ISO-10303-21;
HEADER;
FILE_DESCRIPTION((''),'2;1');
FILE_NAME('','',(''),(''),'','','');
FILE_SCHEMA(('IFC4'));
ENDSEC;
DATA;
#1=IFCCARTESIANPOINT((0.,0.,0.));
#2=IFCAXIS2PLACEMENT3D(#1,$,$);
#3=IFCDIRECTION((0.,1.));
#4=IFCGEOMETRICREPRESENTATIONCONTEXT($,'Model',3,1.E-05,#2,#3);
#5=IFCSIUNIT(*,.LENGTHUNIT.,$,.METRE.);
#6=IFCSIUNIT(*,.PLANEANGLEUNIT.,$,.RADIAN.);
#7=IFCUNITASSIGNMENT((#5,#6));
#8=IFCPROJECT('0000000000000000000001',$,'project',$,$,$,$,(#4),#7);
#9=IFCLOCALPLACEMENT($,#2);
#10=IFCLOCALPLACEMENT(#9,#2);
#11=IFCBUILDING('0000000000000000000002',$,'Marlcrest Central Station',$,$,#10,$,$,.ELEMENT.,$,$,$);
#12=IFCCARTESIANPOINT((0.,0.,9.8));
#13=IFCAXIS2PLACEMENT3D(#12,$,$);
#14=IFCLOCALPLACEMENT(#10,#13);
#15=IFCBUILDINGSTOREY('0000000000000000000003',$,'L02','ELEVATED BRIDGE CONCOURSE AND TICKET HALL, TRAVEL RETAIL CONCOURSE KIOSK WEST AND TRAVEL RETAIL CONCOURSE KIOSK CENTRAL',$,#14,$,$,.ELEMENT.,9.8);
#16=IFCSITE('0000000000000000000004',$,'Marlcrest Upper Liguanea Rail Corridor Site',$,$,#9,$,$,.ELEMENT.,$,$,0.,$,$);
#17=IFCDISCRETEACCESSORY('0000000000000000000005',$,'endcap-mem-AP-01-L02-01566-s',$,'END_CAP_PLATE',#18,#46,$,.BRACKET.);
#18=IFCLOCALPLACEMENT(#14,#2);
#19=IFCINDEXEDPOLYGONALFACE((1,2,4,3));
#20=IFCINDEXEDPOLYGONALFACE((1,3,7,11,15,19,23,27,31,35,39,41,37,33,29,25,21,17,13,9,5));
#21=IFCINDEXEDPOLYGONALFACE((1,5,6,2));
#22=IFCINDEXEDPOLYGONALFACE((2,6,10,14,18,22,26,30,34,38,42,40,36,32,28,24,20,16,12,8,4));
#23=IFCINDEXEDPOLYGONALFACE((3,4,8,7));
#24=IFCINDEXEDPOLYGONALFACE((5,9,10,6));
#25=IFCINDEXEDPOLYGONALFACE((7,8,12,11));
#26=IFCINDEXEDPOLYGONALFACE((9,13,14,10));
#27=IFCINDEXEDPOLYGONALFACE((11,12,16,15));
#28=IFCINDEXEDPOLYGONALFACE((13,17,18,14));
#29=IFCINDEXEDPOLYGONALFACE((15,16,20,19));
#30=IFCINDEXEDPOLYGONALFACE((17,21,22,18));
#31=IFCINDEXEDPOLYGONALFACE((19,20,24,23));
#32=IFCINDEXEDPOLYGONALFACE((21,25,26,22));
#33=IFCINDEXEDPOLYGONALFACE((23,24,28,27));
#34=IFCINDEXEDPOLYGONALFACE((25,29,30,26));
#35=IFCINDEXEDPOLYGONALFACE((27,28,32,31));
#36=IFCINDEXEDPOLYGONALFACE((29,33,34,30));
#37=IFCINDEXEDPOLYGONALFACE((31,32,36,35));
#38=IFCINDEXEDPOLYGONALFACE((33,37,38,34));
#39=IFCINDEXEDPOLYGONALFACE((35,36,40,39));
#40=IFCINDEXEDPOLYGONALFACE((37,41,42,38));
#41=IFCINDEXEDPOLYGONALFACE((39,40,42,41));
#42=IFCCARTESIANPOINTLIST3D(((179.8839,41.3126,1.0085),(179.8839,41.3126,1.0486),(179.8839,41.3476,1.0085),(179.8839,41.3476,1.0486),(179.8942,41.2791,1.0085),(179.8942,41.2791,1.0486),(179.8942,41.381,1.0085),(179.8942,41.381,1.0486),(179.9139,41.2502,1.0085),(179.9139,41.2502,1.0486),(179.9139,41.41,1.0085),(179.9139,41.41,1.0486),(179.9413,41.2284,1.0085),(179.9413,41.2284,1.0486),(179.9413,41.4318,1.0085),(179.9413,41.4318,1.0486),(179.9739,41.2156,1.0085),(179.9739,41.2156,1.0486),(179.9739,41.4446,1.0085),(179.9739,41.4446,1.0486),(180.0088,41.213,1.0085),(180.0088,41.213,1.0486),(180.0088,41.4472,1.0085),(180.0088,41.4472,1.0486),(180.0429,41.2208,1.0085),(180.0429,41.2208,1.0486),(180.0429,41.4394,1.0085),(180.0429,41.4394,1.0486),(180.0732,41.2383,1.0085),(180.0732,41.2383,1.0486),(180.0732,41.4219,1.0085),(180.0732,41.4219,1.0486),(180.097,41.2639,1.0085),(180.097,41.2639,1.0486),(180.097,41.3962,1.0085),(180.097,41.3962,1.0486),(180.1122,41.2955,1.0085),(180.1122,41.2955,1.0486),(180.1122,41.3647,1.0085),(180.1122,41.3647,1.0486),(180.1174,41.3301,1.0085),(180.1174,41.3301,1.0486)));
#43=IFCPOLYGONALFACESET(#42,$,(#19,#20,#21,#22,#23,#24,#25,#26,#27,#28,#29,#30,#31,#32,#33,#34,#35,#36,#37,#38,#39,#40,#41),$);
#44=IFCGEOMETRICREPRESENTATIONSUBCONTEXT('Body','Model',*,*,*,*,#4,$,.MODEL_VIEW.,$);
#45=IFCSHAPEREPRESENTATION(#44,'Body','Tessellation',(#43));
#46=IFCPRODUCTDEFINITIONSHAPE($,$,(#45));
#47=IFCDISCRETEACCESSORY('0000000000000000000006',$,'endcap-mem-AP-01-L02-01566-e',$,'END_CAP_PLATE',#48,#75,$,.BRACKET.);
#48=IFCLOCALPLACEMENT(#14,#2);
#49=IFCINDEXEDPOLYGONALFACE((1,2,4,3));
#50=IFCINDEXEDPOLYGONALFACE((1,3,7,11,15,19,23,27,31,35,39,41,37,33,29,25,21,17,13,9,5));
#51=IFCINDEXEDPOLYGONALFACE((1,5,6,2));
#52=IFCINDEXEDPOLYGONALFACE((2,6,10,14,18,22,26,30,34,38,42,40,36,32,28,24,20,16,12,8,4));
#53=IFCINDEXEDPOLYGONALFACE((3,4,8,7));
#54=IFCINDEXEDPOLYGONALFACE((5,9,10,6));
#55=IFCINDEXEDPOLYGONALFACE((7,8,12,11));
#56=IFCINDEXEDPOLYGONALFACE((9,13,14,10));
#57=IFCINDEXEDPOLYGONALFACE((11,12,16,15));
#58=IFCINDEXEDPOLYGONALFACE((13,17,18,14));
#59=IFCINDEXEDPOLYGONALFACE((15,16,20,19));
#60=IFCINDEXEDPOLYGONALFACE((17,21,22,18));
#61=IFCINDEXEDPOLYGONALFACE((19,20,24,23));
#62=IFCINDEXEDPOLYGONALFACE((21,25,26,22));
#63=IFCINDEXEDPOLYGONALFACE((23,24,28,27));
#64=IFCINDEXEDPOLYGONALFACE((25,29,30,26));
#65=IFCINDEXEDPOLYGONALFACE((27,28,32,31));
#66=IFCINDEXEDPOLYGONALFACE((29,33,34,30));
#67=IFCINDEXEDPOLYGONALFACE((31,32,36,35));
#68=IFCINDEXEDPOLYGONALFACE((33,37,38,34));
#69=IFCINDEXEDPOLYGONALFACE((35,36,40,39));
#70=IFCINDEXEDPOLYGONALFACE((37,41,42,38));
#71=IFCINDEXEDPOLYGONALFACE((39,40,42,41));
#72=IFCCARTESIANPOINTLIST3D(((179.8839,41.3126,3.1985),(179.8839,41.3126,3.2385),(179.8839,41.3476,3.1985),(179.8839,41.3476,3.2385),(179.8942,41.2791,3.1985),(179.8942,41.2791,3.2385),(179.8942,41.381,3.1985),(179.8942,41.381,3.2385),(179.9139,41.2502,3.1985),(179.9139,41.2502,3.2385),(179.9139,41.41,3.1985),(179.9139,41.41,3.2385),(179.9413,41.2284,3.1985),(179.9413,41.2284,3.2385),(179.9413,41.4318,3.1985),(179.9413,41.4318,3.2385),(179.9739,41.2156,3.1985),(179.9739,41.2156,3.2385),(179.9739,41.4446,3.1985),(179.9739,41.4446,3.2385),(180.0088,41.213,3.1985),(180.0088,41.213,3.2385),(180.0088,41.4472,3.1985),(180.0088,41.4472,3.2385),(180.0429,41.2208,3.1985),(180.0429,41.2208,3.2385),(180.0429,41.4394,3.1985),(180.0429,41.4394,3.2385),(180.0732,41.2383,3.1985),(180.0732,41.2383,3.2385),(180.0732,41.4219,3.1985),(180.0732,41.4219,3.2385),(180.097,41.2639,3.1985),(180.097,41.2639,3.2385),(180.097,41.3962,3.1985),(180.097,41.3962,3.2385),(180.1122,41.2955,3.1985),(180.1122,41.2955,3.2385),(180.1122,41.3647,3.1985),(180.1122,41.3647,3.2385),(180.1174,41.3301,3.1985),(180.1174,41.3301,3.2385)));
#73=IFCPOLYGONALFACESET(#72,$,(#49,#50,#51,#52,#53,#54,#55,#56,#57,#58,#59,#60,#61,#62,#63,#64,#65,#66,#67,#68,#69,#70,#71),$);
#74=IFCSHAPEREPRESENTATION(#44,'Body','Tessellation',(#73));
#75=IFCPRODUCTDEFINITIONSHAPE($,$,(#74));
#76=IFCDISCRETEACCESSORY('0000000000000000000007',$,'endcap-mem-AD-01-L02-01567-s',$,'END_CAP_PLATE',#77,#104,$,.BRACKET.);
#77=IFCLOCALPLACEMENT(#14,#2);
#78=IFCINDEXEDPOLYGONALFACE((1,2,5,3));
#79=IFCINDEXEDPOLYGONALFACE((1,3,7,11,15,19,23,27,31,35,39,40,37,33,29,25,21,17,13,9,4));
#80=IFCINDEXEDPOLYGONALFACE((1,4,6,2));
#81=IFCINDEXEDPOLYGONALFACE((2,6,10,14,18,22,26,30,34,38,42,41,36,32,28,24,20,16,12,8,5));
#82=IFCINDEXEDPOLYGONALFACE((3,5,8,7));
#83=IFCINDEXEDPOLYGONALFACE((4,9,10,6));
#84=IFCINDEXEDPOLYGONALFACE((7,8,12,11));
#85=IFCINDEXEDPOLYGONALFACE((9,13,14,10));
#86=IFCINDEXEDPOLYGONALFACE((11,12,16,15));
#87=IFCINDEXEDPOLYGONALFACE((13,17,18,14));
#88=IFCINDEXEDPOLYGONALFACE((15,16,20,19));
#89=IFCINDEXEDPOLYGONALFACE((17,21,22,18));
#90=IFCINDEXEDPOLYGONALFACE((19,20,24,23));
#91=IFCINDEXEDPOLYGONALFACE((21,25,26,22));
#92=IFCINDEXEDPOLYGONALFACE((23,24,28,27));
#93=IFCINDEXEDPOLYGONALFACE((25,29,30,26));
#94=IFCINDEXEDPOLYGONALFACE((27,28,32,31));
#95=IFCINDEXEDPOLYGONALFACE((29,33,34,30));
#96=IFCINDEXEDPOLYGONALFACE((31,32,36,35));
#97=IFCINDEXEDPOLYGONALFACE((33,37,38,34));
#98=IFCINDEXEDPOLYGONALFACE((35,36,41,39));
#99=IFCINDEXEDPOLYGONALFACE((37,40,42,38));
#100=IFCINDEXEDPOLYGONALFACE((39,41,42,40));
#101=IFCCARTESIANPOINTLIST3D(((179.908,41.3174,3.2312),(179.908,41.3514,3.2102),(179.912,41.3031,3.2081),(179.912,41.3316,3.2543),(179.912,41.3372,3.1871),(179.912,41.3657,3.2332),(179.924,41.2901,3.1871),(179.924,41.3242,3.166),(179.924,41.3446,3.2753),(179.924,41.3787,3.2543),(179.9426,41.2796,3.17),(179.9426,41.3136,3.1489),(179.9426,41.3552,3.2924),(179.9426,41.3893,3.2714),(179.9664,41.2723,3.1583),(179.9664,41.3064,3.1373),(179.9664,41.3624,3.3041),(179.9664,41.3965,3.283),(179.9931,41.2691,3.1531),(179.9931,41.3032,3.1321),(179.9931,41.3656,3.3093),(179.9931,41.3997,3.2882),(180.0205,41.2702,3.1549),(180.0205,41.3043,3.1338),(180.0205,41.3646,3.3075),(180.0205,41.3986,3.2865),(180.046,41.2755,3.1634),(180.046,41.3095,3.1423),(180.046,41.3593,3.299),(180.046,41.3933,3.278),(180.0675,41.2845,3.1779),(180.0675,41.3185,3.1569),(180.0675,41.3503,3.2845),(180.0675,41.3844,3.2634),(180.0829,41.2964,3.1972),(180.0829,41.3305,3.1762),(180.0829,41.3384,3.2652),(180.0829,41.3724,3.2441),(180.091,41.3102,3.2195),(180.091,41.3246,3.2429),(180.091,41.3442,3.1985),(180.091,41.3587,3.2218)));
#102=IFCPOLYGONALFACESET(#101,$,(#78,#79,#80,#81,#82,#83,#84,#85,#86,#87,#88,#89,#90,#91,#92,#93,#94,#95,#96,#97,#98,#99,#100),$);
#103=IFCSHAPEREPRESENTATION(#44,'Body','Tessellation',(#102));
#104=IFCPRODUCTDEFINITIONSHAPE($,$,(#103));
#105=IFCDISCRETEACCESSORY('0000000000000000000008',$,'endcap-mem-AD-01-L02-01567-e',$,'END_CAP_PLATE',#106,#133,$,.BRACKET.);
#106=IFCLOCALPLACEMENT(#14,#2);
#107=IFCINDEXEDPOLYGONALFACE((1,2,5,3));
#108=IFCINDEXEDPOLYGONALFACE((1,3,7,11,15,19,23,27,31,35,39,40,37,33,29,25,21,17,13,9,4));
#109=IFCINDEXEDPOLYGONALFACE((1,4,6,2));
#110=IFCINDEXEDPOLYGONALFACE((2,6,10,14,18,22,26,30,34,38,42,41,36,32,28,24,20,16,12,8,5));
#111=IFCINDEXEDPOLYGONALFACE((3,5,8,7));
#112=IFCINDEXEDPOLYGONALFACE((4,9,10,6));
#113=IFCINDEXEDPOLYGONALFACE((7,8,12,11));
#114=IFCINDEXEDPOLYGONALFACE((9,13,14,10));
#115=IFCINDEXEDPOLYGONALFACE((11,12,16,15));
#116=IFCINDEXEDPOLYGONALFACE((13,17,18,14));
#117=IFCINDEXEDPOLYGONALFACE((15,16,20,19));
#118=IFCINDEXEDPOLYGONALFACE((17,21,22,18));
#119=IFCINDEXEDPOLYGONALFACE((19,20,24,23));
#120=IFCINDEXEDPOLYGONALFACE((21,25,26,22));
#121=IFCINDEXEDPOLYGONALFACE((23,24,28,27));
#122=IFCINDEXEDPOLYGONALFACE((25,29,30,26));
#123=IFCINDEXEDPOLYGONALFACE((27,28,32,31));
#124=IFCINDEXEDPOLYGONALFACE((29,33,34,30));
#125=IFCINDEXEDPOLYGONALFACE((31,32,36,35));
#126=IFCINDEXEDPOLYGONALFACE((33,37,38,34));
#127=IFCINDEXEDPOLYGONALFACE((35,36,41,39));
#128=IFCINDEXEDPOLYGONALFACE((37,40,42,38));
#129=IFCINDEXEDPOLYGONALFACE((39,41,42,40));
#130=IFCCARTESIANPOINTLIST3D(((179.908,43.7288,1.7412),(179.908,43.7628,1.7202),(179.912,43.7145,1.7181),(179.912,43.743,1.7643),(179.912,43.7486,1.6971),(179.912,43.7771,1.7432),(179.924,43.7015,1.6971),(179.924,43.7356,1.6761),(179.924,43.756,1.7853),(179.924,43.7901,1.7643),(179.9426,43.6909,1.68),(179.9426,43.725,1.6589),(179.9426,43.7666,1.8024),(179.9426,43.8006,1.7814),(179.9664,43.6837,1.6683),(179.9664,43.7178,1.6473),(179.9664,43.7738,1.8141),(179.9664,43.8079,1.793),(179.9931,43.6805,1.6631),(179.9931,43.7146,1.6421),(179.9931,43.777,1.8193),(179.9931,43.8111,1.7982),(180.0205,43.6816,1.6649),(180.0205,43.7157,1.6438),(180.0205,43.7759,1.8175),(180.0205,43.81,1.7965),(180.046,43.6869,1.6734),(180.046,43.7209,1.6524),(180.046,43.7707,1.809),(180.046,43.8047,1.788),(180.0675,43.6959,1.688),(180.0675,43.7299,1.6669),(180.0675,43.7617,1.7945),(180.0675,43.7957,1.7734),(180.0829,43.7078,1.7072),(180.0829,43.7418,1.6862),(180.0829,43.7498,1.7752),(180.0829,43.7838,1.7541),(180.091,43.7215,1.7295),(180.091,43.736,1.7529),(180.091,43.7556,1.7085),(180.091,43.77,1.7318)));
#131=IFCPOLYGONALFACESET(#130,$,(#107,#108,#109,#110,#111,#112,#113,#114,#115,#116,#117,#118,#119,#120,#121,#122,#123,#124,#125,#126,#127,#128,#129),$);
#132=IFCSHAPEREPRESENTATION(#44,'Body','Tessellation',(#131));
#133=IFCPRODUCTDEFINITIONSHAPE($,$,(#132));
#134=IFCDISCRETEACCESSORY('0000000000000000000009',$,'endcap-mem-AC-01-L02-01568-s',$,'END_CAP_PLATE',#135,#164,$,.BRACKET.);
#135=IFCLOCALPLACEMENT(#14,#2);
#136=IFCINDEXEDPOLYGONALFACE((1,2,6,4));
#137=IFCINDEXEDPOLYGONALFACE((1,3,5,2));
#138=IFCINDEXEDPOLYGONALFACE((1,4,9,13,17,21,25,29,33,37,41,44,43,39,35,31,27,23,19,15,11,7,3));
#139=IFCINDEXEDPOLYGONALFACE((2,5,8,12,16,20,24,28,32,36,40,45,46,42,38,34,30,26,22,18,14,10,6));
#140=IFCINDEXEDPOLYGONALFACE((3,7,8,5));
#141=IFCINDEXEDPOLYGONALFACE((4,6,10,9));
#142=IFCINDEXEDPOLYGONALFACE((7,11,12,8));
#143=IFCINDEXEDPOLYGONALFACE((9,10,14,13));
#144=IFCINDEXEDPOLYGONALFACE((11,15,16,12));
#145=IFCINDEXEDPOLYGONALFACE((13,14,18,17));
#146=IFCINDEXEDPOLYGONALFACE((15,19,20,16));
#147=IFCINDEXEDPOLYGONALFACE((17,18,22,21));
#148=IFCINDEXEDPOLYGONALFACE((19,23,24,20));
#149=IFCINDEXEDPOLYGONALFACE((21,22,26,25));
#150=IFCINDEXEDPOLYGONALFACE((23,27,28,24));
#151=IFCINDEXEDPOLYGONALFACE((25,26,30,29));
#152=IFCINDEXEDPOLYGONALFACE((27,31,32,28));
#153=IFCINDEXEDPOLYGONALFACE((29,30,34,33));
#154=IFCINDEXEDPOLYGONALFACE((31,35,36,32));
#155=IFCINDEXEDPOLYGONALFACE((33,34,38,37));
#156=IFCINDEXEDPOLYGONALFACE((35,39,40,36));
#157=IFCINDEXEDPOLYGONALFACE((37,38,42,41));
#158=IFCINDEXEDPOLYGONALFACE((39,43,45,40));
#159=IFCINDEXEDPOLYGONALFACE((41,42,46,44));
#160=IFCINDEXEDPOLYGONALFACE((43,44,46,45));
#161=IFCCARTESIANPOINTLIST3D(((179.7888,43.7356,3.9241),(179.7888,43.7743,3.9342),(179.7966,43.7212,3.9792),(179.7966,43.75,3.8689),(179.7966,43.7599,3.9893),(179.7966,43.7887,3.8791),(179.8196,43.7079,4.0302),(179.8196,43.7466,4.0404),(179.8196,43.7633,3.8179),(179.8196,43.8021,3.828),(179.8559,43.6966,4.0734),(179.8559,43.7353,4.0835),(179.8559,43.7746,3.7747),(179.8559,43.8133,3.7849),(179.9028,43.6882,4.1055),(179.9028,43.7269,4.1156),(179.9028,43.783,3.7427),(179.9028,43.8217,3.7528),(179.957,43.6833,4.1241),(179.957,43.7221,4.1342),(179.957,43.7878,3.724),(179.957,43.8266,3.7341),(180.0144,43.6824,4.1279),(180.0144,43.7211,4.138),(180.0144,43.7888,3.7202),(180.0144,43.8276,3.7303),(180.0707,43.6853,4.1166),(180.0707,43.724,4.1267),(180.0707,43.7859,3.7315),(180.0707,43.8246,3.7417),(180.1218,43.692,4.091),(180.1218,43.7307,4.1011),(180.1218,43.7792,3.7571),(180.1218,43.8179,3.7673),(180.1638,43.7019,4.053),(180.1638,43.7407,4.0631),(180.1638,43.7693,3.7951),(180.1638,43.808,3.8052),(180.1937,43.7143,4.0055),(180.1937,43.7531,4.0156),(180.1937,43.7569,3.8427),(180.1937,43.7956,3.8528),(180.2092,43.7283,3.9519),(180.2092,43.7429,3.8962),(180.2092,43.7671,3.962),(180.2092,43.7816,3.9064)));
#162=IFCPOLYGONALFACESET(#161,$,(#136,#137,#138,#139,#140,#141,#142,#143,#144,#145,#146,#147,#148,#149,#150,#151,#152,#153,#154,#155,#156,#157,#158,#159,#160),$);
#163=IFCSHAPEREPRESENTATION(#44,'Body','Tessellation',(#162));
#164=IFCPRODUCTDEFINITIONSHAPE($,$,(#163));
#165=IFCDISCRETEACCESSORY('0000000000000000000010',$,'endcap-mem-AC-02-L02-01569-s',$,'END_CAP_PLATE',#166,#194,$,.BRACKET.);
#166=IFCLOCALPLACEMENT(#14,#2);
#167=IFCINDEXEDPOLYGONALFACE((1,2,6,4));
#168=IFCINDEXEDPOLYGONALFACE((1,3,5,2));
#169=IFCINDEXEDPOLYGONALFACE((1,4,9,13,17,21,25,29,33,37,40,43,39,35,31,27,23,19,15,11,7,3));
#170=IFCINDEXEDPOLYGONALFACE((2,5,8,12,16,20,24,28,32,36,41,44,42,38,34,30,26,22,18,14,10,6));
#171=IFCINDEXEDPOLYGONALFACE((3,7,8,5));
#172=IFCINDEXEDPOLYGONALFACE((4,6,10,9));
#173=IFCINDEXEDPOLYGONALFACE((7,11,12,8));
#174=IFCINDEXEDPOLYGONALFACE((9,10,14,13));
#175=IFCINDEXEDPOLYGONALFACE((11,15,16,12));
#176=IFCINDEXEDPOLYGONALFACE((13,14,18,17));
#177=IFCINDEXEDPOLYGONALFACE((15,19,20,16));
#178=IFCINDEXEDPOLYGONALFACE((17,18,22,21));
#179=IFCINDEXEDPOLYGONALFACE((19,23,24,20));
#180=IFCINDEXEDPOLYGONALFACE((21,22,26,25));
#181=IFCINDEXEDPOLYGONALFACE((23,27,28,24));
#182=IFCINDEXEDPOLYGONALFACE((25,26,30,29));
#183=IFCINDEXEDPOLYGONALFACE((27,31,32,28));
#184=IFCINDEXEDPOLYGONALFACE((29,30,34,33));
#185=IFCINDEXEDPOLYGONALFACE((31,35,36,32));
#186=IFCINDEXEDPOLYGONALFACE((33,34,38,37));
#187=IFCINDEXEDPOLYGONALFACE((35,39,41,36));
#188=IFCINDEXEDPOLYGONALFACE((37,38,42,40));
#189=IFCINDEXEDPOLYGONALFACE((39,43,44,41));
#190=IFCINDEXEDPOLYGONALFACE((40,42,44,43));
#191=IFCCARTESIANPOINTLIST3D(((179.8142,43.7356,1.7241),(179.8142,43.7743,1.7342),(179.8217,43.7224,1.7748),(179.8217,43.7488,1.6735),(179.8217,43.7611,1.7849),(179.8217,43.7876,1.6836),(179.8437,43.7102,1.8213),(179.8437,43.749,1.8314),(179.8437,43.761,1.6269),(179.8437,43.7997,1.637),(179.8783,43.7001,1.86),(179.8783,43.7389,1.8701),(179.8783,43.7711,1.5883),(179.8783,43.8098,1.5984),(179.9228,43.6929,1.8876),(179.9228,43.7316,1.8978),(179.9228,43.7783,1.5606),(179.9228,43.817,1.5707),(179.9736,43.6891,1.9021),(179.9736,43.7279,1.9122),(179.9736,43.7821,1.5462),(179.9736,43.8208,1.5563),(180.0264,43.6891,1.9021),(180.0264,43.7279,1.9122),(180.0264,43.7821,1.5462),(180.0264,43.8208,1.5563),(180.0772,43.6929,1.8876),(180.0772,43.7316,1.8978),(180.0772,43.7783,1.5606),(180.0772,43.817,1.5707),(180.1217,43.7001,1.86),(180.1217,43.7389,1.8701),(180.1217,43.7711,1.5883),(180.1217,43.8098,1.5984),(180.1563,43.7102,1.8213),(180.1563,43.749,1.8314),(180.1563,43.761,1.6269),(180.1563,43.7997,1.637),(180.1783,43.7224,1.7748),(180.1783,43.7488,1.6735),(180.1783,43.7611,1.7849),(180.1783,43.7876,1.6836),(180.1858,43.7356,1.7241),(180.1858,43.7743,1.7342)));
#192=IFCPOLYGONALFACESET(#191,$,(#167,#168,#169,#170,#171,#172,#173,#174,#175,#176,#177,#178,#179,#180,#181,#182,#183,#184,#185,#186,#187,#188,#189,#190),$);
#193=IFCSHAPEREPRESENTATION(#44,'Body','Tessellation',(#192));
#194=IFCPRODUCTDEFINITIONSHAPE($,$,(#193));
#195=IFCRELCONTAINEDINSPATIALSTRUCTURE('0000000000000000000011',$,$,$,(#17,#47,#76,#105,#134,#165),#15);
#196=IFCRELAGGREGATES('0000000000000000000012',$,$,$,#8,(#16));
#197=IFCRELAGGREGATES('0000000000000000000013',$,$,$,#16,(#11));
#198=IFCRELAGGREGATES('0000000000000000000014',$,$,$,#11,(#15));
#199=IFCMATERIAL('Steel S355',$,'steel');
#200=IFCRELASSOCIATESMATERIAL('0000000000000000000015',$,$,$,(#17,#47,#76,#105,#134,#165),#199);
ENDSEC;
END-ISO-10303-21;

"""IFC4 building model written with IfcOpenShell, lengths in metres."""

from ifc_helpers import new_model, si_unit, direction, frame, origin, origin_2d, place, context, subcontext, project, spatial, circle, extrude, material, element, save


model = new_model("IFC4")

# Units and contexts
model_context = context("Model", 3, precision=1e-05, world=origin(), true_north=direction((0.0, 1.0)))
body_context = subcontext(model_context, "Body", "Model", "MODEL_VIEW")
ifc_project = project(units=[si_unit("LENGTHUNIT", "METRE"), si_unit("PLANEANGLEUNIT", "RADIAN")], contexts=[model_context])

# Site, building, storey
site_placement = place(None, origin())
site = spatial("IfcSite", under=ifc_project, at=site_placement, Name="Marlcrest Upper Liguanea Rail Corridor Site", CompositionType="ELEMENT", RefElevation=0.0)
building_placement = place(site_placement, origin())
building = spatial("IfcBuilding", under=site, at=building_placement, Name="Marlcrest Central Station", CompositionType="ELEMENT")
storey_placement = place(building_placement, frame((0.0, 0.0, 9.8)))
storey = spatial("IfcBuildingStorey", under=building, at=storey_placement, Name="L02", Description="ELEVATED BRIDGE CONCOURSE AND TICKET HALL, TRAVEL RETAIL CONCOURSE KIOSK WEST AND TRAVEL RETAIL CONCOURSE KIOSK CENTRAL", CompositionType="ELEMENT", Elevation=9.8)

# Shared definitions
ifc_material_1 = material(Name="Steel S355", Category="steel")

# Discrete accessories
for number, where, z_axis, x_axis, name in (
    (1, (180.0, 41.3301, 1.0085), (0.0, 0.0, 1.0), (1.0, 0.0, 0.0), "endcap-mem-AP-01-L02-01566-s"),
    (2, (180.0, 41.3301, 3.1985), (0.0, 0.0, 1.0), (1.0, 0.0, 0.0), "endcap-mem-AP-01-L02-01566-e"),
):
    element("IfcDiscreteAccessory", number, at=place(storey_placement, frame(where, z_axis=z_axis, x_axis=x_axis)), inside=storey, material=ifc_material_1, Name=name, ObjectType="END_CAP_PLATE", PredefinedType="BRACKET", context=body_context, shape_type="SweptSolid", body=[
        extrude(circle(Radius=0.1174, at=origin_2d()), origin(), (0.0, 0.0, 1.0), 0.04),
    ])
for number, where, z_axis, x_axis, name in (
    (3, (180.0, 41.3174, 3.2312), (0.0, 0.850687, -0.525672), (-1.0, 0.0, 0.0), "endcap-mem-AD-01-L02-01567-s"),
    (4, (180.0, 43.7288, 1.7412), (0.0, 0.850687, -0.525672), (-1.0, 0.0, 0.0), "endcap-mem-AD-01-L02-01567-e"),
):
    element("IfcDiscreteAccessory", number, at=place(storey_placement, frame(where, z_axis=z_axis, x_axis=x_axis)), inside=storey, material=ifc_material_1, Name=name, ObjectType="END_CAP_PLATE", PredefinedType="BRACKET", context=body_context, shape_type="SweptSolid", body=[
        extrude(circle(Radius=0.092, at=origin_2d()), origin(), (0.0, 0.0, 1.0), 0.04),
    ])
discrete_accessory_1_placement = place(storey_placement, frame((180.0, 43.7356, 3.9241), z_axis=(0.0, 0.967539, 0.25272), x_axis=(-1.0, 0.0, 0.0)))
element("IfcDiscreteAccessory", 5, at=discrete_accessory_1_placement, inside=storey, material=ifc_material_1, Name="endcap-mem-AC-01-L02-01568-s", ObjectType="END_CAP_PLATE", PredefinedType="BRACKET", context=body_context, shape_type="SweptSolid", body=[
    extrude(circle(Radius=0.2112, at=origin_2d()), origin(), (0.0, 0.0, 1.0), 0.04),
])
discrete_accessory_2_placement = place(storey_placement, frame((180.0, 43.7356, 1.7241), z_axis=(0.0, 0.967563, 0.252629), x_axis=(-1.0, 0.0, 0.0)))
element("IfcDiscreteAccessory", 6, at=discrete_accessory_2_placement, inside=storey, material=ifc_material_1, Name="endcap-mem-AC-02-L02-01569-s", ObjectType="END_CAP_PLATE", PredefinedType="BRACKET", context=body_context, shape_type="SweptSolid", body=[
    extrude(circle(Radius=0.1858, at=origin_2d()), origin(), (0.0, 0.0, 1.0), 0.04),
])

save(model, "model.ifc")
